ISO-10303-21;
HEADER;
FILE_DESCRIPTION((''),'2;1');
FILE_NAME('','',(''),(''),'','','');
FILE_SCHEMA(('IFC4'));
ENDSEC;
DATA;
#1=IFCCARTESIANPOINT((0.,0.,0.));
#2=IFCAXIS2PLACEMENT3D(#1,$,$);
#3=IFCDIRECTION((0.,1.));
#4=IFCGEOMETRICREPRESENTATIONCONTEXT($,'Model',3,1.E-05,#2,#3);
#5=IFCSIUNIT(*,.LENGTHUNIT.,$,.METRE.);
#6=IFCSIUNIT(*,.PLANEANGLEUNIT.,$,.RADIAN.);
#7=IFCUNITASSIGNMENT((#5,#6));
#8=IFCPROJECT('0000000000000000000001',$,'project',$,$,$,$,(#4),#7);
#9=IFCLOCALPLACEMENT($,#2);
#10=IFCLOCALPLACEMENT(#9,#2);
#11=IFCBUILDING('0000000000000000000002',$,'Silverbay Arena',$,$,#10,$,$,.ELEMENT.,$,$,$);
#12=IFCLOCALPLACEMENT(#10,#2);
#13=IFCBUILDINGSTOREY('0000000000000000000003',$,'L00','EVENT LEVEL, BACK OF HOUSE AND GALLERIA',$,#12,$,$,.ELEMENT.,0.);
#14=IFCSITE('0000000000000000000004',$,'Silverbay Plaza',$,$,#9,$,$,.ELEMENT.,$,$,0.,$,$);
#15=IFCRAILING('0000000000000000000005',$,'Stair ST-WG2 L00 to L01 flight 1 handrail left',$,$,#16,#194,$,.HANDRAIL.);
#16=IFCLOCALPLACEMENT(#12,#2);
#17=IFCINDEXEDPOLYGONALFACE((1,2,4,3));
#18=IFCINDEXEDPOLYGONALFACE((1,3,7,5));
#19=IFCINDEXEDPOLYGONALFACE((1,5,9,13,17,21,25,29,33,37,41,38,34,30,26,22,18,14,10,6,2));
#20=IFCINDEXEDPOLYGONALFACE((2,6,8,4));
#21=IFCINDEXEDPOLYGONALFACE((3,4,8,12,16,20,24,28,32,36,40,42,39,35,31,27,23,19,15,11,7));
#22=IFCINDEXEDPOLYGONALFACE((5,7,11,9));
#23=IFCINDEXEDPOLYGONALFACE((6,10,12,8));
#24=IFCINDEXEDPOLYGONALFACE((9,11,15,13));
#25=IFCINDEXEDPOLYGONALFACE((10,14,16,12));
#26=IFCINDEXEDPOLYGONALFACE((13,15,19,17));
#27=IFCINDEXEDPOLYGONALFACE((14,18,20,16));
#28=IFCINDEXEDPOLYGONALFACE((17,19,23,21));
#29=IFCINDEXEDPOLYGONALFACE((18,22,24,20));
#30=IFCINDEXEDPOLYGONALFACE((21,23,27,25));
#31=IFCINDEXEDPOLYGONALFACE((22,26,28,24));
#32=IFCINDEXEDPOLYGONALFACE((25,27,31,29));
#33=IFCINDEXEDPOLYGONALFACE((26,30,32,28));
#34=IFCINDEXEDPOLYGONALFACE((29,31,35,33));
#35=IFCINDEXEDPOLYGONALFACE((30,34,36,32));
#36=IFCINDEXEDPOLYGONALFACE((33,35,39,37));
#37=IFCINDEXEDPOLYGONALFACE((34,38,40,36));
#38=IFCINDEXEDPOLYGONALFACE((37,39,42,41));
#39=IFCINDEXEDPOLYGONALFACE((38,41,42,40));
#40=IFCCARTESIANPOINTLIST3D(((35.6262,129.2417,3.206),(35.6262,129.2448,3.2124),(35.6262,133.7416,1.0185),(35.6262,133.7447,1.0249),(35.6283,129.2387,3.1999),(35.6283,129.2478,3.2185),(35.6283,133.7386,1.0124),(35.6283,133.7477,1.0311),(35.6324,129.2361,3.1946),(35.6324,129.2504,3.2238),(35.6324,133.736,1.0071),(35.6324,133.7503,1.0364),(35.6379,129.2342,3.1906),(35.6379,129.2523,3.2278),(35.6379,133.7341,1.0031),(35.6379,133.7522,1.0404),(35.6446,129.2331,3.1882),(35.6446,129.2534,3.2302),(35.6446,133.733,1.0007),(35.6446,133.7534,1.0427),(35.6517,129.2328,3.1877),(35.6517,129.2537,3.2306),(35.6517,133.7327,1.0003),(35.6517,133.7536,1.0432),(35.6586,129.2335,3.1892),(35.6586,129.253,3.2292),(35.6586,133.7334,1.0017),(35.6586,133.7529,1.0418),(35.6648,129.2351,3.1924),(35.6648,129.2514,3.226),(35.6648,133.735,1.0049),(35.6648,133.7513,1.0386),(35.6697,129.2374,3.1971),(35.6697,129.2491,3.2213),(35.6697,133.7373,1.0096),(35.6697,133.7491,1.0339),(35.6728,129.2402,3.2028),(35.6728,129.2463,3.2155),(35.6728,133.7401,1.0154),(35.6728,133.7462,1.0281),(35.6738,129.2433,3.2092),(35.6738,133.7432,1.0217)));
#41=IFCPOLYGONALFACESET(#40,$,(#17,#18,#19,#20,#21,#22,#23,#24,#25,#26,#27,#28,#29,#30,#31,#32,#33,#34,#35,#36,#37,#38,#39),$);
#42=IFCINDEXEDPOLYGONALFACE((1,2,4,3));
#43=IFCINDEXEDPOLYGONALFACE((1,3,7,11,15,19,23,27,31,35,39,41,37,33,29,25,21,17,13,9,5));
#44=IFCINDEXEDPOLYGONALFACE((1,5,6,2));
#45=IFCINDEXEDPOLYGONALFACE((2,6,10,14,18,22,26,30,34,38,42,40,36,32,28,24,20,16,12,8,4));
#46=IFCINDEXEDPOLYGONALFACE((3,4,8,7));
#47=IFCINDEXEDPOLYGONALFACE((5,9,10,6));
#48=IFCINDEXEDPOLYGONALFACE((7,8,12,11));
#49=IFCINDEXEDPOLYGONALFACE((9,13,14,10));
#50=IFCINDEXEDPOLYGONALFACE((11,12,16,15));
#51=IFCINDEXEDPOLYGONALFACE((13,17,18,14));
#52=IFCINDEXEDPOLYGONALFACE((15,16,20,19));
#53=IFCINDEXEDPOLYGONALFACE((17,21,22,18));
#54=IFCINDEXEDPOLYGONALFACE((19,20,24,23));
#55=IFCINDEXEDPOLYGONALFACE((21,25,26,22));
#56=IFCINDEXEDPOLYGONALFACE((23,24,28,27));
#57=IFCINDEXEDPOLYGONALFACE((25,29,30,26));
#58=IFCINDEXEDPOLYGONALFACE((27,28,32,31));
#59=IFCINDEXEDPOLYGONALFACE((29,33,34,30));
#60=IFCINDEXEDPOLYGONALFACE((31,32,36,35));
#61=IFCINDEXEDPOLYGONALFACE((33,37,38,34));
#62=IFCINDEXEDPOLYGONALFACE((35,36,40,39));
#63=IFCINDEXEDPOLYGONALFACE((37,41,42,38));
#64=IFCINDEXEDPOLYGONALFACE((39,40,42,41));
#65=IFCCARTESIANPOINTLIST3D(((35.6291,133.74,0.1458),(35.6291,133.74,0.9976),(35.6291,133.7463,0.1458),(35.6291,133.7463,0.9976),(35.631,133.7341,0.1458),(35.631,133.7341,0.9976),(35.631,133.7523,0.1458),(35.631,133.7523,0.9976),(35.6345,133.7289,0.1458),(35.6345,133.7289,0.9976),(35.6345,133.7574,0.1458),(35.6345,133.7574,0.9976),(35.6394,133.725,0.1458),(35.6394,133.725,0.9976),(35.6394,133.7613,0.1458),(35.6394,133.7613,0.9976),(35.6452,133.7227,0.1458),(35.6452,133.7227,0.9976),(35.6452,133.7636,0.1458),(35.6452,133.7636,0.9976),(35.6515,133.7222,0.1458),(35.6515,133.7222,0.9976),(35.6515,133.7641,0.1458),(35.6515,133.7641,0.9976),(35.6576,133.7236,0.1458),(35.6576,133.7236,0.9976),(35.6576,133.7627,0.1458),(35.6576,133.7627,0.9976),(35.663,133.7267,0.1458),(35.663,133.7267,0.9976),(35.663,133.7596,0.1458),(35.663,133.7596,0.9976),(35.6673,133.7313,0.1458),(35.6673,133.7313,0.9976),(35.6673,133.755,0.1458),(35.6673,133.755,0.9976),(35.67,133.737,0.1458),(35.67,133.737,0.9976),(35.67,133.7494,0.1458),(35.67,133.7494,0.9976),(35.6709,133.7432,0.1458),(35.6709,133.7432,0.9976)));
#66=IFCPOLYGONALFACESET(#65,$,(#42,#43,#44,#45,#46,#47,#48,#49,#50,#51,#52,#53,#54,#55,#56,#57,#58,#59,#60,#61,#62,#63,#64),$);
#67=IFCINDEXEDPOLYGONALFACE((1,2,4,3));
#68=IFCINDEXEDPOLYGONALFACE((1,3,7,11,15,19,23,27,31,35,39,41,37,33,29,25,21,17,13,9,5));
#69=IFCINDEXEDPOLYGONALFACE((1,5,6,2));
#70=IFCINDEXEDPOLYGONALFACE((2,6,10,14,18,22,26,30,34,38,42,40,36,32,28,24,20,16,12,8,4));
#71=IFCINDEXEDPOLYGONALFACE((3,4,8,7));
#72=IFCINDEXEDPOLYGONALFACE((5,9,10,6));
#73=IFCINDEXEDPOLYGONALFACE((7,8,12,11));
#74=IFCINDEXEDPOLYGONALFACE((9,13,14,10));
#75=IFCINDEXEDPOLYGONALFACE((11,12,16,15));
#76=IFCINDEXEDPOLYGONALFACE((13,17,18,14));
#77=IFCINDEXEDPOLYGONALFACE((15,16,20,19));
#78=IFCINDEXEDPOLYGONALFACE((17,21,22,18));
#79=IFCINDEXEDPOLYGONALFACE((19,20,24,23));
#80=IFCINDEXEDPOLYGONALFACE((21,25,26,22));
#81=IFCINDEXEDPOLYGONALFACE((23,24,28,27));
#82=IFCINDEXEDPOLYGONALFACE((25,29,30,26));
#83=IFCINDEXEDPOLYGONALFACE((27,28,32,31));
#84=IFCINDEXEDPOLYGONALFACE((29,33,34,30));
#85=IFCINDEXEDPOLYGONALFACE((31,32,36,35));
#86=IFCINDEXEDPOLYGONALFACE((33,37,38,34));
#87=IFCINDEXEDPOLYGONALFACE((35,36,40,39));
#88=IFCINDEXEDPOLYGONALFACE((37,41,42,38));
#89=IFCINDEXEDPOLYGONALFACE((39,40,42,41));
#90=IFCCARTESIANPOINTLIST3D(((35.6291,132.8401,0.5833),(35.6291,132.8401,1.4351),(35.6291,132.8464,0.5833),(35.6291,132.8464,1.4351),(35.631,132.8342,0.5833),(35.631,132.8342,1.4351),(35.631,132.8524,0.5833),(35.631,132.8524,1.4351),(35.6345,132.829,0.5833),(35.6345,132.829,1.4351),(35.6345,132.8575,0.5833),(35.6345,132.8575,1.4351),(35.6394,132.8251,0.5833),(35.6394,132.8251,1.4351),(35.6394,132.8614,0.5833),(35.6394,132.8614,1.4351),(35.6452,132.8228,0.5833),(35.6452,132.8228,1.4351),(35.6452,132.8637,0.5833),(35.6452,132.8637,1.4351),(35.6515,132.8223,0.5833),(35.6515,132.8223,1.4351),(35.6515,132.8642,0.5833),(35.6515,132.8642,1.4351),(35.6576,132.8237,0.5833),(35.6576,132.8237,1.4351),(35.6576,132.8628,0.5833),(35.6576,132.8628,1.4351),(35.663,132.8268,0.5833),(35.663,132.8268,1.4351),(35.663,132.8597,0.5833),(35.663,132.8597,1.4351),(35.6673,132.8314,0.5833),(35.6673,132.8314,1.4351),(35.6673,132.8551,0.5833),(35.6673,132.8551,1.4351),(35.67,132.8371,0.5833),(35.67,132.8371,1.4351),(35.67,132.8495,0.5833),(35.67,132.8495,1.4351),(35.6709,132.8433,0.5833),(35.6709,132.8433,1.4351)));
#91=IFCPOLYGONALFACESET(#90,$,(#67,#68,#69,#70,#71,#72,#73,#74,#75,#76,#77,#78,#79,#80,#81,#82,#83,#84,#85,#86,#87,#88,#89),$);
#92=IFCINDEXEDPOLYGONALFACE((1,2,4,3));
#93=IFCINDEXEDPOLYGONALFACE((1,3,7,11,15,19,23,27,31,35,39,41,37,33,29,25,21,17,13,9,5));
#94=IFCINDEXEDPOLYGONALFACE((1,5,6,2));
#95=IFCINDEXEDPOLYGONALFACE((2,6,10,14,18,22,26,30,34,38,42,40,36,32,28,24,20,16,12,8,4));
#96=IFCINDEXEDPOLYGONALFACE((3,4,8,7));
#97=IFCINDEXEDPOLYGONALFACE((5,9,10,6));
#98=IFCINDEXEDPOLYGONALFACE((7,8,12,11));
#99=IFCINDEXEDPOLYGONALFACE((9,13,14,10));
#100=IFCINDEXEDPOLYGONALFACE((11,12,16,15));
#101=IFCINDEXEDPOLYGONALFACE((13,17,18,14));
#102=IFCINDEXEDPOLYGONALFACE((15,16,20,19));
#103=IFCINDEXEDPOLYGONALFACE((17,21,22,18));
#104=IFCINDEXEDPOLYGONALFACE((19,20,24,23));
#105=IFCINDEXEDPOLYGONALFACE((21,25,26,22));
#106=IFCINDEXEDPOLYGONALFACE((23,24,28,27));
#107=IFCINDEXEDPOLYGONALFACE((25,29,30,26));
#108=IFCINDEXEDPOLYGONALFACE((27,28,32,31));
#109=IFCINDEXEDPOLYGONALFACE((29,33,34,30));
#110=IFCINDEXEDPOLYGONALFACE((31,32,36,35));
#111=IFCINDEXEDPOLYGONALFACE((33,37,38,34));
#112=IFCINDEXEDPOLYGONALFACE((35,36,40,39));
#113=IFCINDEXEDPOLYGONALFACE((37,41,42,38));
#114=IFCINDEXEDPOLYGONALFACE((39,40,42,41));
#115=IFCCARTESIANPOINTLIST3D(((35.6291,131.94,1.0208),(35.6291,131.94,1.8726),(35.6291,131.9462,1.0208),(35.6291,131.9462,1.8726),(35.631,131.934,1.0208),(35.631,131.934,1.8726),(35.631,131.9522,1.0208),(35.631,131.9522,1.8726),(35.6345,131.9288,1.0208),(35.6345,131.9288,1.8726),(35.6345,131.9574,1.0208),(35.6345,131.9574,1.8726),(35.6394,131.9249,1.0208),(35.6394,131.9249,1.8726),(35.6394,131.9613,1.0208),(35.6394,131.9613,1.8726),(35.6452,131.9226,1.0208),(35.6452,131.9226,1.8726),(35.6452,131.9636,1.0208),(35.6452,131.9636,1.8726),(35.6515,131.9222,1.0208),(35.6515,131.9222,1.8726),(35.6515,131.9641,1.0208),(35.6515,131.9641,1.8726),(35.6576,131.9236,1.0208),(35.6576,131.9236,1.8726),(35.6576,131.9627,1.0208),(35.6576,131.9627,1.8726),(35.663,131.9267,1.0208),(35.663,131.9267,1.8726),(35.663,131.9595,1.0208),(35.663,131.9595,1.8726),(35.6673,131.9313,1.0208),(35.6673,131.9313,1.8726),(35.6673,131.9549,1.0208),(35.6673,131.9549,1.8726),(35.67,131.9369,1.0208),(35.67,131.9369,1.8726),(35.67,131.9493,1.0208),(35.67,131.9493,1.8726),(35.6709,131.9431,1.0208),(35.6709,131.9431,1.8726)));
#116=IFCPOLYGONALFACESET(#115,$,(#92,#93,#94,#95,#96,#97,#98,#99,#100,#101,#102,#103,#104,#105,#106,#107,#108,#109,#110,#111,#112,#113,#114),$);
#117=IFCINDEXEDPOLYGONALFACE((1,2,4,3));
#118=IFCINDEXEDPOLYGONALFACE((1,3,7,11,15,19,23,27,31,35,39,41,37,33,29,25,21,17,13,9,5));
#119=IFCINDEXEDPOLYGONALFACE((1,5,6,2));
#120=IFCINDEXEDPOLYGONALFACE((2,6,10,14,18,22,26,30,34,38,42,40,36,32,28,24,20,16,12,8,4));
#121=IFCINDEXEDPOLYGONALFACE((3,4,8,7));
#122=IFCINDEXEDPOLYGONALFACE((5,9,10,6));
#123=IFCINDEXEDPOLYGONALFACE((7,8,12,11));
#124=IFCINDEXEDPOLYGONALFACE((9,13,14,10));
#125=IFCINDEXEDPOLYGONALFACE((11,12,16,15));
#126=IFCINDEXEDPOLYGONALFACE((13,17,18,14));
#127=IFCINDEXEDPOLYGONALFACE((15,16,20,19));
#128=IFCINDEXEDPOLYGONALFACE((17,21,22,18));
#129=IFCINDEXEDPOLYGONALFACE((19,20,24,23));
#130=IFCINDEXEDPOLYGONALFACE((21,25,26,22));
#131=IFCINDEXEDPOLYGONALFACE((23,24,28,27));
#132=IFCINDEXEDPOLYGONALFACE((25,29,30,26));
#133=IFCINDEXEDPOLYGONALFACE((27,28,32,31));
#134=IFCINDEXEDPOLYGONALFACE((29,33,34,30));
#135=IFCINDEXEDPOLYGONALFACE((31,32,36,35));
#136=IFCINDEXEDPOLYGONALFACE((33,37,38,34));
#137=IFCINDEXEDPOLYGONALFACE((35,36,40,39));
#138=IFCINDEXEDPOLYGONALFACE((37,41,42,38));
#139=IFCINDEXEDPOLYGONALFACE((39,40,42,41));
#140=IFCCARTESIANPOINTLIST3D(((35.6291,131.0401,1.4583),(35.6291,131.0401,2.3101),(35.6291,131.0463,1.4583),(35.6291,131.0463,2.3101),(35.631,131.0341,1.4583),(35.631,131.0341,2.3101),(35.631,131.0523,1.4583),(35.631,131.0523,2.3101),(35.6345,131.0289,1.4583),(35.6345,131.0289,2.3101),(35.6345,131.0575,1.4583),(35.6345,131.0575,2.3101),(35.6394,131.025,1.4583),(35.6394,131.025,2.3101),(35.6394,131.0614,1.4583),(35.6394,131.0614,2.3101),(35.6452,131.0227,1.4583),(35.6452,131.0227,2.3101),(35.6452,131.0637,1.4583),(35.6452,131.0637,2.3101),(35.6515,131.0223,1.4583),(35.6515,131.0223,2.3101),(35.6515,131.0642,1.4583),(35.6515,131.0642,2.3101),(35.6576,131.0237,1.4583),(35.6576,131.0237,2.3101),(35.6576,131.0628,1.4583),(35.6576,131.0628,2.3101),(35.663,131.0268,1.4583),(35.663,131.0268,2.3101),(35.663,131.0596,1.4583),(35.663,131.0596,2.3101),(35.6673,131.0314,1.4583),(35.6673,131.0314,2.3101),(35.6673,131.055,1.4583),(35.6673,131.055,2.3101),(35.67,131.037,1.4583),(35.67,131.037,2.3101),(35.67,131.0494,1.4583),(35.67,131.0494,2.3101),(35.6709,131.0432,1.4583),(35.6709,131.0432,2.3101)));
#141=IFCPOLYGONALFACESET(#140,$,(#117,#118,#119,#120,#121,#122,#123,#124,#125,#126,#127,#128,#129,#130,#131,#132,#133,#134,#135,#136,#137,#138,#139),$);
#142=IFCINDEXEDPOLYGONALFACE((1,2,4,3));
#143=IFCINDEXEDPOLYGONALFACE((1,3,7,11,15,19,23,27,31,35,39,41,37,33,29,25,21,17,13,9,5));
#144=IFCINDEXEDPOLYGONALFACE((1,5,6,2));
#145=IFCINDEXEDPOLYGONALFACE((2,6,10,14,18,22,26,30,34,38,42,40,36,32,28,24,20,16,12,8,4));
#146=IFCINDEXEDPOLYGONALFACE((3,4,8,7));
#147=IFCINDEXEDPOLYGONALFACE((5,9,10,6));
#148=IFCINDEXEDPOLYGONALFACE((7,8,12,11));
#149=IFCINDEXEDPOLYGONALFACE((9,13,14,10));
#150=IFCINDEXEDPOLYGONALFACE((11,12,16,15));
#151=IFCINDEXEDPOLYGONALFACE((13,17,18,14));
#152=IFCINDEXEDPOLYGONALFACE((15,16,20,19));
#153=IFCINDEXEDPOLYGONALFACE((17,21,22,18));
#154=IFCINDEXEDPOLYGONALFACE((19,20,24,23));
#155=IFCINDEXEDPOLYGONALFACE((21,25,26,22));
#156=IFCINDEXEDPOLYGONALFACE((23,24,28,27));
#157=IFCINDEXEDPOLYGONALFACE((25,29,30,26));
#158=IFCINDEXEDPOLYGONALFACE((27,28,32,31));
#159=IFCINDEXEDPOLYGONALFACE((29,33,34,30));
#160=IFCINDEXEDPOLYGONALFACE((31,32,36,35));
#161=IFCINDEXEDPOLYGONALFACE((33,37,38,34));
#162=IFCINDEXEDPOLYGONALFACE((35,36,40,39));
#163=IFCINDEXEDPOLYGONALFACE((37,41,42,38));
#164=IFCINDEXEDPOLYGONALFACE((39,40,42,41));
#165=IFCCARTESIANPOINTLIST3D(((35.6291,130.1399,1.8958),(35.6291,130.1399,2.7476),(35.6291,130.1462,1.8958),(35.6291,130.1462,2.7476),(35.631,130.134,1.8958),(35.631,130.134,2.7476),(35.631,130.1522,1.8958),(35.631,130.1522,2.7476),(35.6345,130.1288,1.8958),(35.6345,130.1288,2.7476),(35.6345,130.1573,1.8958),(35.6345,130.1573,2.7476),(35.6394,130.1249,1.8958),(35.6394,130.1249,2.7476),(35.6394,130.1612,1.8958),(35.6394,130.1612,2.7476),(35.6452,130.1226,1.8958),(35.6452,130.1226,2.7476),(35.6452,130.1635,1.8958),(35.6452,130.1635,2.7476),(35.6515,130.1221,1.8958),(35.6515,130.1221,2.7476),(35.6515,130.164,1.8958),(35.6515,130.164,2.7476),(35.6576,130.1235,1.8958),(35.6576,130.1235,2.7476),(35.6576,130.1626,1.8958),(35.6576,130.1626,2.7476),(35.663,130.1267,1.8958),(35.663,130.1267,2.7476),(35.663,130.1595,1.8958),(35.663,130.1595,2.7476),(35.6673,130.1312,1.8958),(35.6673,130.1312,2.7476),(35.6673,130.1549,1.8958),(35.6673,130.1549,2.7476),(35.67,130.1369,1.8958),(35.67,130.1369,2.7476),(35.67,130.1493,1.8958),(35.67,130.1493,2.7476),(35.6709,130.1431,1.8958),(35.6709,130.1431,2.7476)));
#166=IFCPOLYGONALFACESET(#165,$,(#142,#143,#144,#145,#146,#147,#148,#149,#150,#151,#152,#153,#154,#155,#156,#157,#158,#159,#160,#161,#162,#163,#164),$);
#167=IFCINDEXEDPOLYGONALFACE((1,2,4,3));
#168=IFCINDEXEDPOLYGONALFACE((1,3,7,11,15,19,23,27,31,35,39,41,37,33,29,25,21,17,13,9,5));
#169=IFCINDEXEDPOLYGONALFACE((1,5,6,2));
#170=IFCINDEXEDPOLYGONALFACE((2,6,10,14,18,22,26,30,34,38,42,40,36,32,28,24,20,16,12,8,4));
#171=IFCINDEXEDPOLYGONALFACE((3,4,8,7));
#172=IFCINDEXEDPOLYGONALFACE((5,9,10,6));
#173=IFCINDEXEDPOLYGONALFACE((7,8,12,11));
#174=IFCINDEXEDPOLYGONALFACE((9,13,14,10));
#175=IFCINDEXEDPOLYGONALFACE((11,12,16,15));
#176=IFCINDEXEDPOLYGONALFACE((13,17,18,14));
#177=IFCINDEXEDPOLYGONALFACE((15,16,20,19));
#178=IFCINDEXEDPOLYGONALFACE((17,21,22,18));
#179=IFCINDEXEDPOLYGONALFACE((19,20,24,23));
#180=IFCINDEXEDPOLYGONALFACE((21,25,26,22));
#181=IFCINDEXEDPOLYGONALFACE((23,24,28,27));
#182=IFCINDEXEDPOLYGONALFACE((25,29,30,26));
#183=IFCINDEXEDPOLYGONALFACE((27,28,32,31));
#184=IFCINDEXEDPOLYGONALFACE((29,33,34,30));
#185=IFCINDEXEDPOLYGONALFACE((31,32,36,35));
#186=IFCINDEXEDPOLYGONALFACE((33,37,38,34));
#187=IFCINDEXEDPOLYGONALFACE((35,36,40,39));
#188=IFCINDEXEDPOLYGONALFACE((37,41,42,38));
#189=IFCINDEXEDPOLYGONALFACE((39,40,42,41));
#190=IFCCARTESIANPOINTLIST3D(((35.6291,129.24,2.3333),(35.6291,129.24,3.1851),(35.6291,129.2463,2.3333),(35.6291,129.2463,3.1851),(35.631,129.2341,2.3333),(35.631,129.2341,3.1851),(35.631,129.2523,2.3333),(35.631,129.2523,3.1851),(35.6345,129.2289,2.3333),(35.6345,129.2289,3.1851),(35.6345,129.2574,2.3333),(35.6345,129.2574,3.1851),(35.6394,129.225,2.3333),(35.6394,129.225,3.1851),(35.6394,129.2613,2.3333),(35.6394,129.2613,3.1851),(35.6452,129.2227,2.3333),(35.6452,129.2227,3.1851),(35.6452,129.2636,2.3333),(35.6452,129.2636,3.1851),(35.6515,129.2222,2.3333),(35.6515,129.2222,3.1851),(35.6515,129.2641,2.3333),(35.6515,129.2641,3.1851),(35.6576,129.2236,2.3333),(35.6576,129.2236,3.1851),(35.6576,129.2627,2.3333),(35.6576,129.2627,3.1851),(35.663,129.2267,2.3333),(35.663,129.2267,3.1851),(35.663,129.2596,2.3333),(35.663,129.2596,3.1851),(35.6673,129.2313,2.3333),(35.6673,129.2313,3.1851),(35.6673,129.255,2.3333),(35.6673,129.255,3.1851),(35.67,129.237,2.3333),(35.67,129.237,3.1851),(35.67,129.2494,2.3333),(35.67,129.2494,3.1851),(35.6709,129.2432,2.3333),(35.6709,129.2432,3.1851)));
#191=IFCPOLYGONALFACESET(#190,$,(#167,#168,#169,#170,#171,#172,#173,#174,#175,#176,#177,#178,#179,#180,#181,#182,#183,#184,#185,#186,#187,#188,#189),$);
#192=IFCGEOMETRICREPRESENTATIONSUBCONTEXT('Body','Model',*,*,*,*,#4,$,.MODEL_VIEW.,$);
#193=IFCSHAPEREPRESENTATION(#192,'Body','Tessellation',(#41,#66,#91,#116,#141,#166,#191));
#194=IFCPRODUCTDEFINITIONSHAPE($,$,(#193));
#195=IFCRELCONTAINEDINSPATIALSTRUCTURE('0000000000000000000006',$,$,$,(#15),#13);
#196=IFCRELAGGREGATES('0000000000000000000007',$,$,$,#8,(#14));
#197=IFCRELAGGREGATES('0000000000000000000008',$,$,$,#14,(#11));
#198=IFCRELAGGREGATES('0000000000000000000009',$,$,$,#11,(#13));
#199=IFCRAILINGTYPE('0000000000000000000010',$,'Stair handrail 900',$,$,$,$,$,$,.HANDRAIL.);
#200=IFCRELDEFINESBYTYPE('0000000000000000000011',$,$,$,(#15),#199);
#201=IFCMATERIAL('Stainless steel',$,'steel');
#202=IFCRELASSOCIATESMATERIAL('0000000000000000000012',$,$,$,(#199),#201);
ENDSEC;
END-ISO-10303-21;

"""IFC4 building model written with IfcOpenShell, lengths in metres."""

from ifc_helpers import new_model, si_unit, direction, frame, origin, origin_2d, place, context, subcontext, project, spatial, circle, extrude, material, type_object, element, save


model = new_model("IFC4")

# Units and contexts
model_context = context("Model", 3, precision=1e-05, world=origin(), true_north=direction((0.0, 1.0)))
body_context = subcontext(model_context, "Body", "Model", "MODEL_VIEW")
ifc_project = project(units=[si_unit("LENGTHUNIT", "METRE"), si_unit("PLANEANGLEUNIT", "RADIAN")], contexts=[model_context])

# Site, building, storey
site_placement = place(None, origin())
site = spatial("IfcSite", under=ifc_project, at=site_placement, Name="Silverbay Plaza", CompositionType="ELEMENT", RefElevation=0.0)
building_placement = place(site_placement, origin())
building = spatial("IfcBuilding", under=site, at=building_placement, Name="Silverbay Arena", CompositionType="ELEMENT")
storey_placement = place(building_placement, origin())
storey = spatial("IfcBuildingStorey", under=building, at=storey_placement, Name="L00", Description="EVENT LEVEL, BACK OF HOUSE AND GALLERIA", CompositionType="ELEMENT", Elevation=0.0)

# Railing
ifc_material_1 = material(Name="Stainless steel", Category="steel")
railing_type_1 = type_object("IfcRailingType", Name="Stair handrail 900", PredefinedType="HANDRAIL", material=ifc_material_1)
for number, where, name in (
    (1, (35.6499, 133.7432, 0.1458), "Stair ST-WG2 L00 to L01 flight 1 handrail left"),
):
    element("IfcRailing", number, at=place(storey_placement, frame(where)), inside=storey, type_object=railing_type_1, Name=name, PredefinedType="HANDRAIL", context=body_context, shape_type="SweptSolid", body=[
        extrude(circle(Radius=0.0239, at=origin_2d()), frame((0.0, 0.0, 0.876), z_axis=(0.0, -0.899368, 0.437193), x_axis=(1.0, 0.0, 0.0)), (0.0, 0.0, 1.0), 5.0034),
        extrude(circle(Radius=0.021, at=origin_2d()), origin(), (0.0, 0.0, 1.0), 0.8518),
        extrude(circle(Radius=0.021, at=origin_2d()), frame((0.0, -0.8999, 0.4375)), (0.0, 0.0, 1.0), 0.8518),
        extrude(circle(Radius=0.021, at=origin_2d()), frame((0.0, -1.8, 0.875)), (0.0, 0.0, 1.0), 0.8518),
        extrude(circle(Radius=0.021, at=origin_2d()), frame((0.0, -2.7, 1.3125)), (0.0, 0.0, 1.0), 0.8518),
        extrude(circle(Radius=0.021, at=origin_2d()), frame((0.0, -3.6001, 1.75)), (0.0, 0.0, 1.0), 0.8518),
        extrude(circle(Radius=0.021, at=origin_2d()), frame((0.0, -4.5, 2.1875)), (0.0, 0.0, 1.0), 0.8518),
    ])

save(model, "model.ifc")
